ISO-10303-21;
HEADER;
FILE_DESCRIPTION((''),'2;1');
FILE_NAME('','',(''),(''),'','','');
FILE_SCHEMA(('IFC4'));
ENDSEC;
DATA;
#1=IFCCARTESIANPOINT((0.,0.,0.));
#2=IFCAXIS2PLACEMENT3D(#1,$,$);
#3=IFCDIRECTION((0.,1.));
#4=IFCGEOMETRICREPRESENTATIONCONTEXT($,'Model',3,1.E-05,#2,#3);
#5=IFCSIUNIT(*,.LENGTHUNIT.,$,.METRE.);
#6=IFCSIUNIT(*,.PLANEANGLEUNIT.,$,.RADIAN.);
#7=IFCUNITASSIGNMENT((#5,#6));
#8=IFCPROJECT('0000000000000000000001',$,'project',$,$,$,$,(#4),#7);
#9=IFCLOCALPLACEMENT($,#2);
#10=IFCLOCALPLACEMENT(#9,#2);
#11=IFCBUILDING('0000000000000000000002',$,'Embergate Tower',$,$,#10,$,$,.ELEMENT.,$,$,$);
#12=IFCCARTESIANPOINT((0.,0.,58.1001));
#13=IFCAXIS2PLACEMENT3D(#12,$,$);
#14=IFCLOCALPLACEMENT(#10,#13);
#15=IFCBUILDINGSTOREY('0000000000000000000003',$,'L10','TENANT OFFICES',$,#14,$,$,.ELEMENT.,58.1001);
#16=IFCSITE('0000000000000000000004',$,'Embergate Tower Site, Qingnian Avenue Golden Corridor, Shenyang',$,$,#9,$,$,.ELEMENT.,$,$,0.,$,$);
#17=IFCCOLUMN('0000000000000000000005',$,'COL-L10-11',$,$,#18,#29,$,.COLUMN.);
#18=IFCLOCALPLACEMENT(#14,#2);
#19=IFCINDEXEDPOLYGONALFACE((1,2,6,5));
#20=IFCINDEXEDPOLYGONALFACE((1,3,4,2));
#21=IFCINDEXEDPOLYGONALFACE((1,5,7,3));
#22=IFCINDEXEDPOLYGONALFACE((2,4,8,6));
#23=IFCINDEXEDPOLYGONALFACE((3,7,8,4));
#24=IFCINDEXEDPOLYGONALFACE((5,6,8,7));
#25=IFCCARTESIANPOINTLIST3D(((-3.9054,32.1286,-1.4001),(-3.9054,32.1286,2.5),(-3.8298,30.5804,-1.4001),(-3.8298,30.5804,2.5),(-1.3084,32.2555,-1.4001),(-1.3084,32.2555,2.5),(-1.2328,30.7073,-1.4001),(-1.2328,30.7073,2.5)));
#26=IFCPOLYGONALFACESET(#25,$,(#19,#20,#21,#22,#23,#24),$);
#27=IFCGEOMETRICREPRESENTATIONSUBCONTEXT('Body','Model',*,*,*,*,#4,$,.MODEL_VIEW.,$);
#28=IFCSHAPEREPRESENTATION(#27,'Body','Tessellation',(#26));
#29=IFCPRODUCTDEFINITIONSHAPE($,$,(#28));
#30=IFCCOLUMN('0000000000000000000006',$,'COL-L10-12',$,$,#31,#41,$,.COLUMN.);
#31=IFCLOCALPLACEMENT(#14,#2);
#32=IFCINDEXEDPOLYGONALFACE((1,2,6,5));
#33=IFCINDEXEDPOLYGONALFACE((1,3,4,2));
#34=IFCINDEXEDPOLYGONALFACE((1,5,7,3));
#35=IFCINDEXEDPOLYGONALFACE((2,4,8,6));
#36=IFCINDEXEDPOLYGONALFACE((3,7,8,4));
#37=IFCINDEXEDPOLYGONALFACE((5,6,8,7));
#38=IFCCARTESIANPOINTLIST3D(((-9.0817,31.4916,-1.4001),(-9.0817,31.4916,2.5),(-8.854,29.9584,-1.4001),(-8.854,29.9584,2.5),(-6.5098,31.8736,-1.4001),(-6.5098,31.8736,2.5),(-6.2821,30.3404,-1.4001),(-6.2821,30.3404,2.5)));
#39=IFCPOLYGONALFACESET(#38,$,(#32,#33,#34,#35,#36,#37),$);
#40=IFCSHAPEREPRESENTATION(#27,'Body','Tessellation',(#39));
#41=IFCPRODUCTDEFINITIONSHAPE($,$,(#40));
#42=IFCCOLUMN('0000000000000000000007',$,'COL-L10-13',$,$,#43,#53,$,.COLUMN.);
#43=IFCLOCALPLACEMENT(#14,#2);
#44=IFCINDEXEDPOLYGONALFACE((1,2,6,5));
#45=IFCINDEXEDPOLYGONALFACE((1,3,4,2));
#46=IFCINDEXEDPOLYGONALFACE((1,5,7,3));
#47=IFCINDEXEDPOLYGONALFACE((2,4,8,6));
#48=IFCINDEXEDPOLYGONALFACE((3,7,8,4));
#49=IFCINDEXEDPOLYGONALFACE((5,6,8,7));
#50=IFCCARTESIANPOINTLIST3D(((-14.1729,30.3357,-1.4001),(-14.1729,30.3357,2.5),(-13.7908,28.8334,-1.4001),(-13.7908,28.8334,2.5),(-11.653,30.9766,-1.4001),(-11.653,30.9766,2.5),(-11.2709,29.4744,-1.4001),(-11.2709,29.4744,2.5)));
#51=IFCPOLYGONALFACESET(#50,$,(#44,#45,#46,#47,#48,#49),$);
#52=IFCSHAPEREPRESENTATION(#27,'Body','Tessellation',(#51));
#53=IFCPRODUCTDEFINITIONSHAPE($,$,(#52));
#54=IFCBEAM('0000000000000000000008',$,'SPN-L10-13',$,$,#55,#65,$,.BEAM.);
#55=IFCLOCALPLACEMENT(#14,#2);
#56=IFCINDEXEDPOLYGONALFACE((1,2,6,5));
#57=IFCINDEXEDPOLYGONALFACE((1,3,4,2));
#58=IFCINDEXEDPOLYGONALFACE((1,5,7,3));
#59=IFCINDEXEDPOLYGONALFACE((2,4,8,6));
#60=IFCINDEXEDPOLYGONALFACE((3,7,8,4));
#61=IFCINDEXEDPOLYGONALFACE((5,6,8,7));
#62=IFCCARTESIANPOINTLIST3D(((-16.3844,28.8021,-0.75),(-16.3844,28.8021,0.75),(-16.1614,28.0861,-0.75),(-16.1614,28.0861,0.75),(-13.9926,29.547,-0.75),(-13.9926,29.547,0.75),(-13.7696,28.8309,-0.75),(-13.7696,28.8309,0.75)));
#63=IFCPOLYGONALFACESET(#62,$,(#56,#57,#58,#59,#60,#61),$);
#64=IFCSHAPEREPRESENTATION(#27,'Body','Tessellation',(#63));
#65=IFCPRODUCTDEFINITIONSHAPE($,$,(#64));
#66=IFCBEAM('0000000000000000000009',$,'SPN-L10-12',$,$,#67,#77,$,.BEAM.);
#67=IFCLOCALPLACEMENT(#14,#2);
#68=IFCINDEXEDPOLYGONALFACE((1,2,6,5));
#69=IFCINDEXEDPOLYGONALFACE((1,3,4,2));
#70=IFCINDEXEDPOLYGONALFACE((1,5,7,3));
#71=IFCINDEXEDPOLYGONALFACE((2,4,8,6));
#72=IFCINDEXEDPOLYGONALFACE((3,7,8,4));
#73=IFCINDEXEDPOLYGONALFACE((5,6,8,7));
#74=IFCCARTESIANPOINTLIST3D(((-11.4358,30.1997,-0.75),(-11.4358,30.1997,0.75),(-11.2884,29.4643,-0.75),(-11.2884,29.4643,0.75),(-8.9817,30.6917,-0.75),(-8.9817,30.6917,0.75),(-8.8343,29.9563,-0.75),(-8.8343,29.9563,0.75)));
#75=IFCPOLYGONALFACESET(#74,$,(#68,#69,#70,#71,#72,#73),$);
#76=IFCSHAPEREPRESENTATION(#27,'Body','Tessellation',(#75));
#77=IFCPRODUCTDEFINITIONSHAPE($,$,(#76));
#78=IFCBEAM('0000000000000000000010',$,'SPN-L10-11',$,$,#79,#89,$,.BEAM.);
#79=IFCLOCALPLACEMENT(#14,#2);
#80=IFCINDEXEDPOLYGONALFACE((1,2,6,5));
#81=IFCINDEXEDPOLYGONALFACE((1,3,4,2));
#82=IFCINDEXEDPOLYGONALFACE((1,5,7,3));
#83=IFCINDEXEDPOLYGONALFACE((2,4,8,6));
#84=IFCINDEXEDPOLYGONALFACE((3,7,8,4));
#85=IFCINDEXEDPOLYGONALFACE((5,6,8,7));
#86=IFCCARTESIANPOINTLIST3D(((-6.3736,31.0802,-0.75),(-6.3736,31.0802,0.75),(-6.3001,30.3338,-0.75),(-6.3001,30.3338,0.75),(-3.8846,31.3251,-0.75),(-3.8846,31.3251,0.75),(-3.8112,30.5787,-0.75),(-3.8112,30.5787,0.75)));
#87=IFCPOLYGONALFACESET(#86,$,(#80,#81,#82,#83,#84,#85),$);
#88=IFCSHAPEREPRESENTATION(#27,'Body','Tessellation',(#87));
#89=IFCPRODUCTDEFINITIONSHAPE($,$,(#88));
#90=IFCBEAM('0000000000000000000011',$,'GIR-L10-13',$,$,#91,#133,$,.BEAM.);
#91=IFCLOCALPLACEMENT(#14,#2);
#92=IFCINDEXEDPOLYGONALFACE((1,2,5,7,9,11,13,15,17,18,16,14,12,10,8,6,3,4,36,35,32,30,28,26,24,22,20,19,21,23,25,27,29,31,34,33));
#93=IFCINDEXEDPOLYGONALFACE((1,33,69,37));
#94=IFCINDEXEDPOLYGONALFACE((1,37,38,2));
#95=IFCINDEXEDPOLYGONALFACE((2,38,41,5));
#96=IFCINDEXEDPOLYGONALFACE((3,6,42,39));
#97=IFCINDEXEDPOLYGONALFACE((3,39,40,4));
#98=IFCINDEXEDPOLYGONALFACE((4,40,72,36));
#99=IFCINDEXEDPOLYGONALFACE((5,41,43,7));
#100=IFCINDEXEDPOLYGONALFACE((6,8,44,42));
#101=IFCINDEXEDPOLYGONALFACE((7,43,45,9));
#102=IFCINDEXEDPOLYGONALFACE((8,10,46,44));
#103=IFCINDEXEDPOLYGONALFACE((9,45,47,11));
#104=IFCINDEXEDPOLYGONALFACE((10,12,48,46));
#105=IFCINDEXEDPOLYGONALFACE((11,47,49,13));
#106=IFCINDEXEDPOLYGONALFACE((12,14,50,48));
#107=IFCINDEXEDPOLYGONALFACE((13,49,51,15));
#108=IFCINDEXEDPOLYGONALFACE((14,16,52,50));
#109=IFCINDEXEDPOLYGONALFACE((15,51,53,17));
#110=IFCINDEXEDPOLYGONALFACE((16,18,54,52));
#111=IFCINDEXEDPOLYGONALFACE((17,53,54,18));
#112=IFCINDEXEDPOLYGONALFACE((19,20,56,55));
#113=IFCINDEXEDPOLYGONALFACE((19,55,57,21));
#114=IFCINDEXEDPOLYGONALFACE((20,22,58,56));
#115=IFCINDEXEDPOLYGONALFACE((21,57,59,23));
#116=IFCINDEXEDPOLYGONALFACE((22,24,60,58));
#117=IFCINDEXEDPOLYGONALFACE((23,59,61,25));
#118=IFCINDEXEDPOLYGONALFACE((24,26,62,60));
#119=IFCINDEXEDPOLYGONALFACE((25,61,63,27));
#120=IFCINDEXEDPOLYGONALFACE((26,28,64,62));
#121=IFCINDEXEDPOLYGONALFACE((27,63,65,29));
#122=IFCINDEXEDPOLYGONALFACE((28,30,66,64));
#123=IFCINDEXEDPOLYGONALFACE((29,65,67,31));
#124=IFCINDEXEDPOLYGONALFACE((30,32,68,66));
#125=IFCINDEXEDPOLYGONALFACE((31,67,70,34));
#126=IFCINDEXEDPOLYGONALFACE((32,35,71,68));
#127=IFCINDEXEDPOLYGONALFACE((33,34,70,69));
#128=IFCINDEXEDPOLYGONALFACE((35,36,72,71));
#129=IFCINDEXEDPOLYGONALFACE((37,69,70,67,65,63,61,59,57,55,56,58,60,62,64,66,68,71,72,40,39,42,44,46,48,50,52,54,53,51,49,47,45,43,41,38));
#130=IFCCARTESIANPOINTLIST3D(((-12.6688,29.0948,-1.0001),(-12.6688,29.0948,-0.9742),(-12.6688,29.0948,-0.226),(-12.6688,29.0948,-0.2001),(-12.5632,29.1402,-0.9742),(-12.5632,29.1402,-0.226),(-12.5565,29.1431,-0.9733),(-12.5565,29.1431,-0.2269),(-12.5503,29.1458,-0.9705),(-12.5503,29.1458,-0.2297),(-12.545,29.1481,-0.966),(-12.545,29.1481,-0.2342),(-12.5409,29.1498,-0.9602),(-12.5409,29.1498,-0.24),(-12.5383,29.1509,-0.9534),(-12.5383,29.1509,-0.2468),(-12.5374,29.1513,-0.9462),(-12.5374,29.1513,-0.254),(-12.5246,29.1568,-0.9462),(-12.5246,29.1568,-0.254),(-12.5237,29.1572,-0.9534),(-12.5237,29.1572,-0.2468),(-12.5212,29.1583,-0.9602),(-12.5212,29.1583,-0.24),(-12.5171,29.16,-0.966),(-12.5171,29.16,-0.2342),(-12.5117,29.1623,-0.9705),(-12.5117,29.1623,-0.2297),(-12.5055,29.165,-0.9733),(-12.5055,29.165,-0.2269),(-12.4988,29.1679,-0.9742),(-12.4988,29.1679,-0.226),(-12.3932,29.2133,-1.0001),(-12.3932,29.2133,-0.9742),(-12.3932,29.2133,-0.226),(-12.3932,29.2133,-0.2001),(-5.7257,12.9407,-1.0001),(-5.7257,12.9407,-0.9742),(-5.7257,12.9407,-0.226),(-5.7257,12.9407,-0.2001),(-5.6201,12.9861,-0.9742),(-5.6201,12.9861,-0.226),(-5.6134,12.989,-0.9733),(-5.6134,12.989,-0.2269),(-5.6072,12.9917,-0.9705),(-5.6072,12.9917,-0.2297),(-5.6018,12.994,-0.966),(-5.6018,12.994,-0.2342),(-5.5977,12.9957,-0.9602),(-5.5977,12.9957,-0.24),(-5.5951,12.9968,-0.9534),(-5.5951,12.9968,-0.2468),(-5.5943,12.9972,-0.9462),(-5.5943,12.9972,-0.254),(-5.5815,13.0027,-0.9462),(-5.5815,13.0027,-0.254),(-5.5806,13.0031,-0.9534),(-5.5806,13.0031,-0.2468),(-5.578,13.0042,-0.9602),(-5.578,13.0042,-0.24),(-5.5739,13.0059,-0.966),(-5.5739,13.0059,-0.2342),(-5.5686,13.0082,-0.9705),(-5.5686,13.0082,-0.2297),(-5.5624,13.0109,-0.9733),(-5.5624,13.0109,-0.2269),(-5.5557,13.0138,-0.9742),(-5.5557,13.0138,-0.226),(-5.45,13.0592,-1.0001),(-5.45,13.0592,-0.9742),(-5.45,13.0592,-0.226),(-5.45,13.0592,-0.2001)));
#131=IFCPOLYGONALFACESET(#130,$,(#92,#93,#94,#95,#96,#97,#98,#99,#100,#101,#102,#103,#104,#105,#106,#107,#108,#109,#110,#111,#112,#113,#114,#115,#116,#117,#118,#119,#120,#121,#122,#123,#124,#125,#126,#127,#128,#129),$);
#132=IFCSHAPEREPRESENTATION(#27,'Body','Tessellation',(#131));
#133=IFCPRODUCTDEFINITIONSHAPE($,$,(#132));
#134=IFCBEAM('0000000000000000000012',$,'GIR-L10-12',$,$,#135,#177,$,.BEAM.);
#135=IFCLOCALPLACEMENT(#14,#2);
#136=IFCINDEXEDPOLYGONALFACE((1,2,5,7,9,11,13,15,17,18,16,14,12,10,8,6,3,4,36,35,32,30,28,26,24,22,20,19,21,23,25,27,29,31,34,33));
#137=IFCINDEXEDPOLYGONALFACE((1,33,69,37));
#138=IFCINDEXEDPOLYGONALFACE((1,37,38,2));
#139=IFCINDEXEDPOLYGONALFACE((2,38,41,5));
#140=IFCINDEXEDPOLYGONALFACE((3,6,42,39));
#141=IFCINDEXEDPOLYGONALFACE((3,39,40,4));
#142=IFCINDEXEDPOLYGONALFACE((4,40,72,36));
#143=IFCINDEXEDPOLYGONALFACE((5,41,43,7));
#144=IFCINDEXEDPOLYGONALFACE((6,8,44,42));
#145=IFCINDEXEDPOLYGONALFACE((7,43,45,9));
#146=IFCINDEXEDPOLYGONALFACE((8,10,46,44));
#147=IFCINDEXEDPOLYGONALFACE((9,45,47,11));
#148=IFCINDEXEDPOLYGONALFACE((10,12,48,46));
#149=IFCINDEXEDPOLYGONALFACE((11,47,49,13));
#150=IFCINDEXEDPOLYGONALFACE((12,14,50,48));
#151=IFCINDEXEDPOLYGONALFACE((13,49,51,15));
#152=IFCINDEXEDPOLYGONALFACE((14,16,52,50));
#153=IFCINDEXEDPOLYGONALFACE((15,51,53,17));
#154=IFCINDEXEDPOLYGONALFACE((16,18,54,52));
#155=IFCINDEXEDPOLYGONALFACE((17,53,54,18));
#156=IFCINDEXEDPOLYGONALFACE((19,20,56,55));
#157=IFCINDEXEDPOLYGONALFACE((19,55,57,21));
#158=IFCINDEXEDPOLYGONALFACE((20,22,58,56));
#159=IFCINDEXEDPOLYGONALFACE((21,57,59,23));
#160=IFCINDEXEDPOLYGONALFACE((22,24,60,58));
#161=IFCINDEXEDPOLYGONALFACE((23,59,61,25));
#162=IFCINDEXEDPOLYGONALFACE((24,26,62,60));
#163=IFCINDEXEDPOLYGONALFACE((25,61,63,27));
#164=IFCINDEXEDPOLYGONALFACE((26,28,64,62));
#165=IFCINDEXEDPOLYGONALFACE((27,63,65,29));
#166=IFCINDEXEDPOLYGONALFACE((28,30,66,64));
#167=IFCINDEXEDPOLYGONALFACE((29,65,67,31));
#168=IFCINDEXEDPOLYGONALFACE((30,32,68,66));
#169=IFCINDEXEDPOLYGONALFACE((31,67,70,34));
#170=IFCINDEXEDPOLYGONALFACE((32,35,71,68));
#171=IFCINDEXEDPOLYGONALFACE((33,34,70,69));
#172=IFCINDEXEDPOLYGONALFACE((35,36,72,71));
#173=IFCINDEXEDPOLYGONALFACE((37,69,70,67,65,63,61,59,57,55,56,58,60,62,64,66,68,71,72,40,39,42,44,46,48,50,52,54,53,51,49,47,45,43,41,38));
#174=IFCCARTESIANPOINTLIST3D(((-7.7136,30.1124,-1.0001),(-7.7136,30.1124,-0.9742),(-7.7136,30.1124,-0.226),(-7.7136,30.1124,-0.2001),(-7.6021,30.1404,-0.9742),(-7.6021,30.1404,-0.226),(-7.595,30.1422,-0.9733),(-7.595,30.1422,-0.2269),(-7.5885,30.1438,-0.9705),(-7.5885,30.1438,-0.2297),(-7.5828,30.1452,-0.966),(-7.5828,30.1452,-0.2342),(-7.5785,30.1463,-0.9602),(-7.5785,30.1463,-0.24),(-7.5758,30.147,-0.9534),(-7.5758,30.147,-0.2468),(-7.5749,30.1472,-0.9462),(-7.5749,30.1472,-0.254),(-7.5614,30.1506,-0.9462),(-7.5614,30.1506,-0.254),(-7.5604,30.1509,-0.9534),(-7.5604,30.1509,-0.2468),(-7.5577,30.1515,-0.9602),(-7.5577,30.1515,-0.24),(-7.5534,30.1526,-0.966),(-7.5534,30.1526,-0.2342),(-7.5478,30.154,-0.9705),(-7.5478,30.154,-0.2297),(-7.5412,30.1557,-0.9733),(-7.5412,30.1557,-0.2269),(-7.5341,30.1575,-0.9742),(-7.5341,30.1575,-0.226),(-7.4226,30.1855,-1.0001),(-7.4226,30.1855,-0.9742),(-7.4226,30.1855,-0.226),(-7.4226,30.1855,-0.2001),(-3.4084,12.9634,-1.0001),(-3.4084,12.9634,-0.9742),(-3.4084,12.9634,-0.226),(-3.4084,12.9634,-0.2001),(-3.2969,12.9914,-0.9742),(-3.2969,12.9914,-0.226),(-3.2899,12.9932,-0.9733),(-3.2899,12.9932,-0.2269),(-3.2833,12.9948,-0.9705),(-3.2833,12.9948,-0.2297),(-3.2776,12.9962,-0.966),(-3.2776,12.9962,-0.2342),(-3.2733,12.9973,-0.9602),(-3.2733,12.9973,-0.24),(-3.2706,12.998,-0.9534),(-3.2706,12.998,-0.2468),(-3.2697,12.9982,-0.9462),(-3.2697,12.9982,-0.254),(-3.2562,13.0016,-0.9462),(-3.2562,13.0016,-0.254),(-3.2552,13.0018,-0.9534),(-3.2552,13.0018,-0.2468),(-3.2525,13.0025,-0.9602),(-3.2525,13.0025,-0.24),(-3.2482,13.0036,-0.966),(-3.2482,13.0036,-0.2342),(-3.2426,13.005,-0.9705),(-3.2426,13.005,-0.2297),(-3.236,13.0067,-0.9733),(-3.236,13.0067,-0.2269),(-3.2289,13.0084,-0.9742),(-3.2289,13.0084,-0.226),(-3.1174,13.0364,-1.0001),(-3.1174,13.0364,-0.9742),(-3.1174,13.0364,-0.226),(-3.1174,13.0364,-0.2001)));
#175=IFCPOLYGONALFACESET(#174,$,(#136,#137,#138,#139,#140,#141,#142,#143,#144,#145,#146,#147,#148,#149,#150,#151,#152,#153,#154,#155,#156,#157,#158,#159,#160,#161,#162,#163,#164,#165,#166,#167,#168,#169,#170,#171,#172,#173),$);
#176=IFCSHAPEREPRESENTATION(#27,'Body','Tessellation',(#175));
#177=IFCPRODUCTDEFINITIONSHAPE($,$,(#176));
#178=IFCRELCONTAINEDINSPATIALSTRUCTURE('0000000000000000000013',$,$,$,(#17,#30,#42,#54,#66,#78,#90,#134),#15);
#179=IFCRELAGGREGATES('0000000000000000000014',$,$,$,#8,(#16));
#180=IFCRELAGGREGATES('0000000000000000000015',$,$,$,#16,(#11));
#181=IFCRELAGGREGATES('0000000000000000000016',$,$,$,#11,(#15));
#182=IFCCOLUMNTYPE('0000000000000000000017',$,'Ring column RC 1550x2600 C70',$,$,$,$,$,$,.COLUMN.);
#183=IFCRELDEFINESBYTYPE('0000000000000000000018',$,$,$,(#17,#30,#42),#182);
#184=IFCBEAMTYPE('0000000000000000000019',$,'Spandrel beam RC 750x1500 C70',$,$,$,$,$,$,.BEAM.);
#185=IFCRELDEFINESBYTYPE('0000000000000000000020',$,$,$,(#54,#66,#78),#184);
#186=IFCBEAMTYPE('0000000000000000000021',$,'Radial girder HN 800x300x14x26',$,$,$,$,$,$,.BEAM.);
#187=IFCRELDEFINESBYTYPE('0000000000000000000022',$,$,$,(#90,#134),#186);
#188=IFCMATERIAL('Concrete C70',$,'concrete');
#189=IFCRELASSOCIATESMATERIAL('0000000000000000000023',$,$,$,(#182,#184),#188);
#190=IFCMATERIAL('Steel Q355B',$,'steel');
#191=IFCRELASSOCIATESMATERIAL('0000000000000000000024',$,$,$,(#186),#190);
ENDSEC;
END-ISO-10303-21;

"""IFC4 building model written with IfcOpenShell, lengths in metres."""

from ifc_helpers import new_model, si_unit, direction, frame, origin, origin_2d, place, context, subcontext, project, spatial, rectangle, i_section, extrude, source, transform, mapped, material, material_profile, profile_set, type_object, element, save


model = new_model("IFC4")

# Units and contexts
model_context = context("Model", 3, precision=1e-05, world=origin(), true_north=direction((0.0, 1.0)))
body_context = subcontext(model_context, "Body", "Model", "MODEL_VIEW")
ifc_project = project(units=[si_unit("LENGTHUNIT", "METRE"), si_unit("PLANEANGLEUNIT", "RADIAN")], contexts=[model_context])

# Site, building, storey
site_placement = place(None, origin())
site = spatial("IfcSite", under=ifc_project, at=site_placement, Name="Embergate Tower Site, Qingnian Avenue Golden Corridor, Shenyang", CompositionType="ELEMENT", RefElevation=0.0)
building_placement = place(site_placement, origin())
building = spatial("IfcBuilding", under=site, at=building_placement, Name="Embergate Tower", CompositionType="ELEMENT")
storey_placement = place(building_placement, frame((0.0, 0.0, 58.1001)))
storey = spatial("IfcBuildingStorey", under=building, at=storey_placement, Name="L10", Description="TENANT OFFICES", CompositionType="ELEMENT", Elevation=58.1001)

# Columns
ifc_material_1 = material(Name="Concrete C70", Category="concrete")
ifc_material_profile_1 = material_profile(ifc_material_1, rectangle(XDim=1.55, YDim=2.6001, at=origin_2d()), Name="RC 1550x2600")
ifc_profile_set_1 = profile_set([ifc_material_profile_1], Name="Concrete C70")
column_type = type_object("IfcColumnType", Name="Ring column RC 1550x2600 C70", PredefinedType="COLUMN", material=ifc_profile_set_1)
shared_shape_1 = source(origin(), body_context, "Body", "SweptSolid", [
    extrude(rectangle(XDim=1.55, YDim=2.6001, at=origin_2d()), origin(), (0.0, 0.0, 1.0), 3.9001),
])
for number, where, z_axis, x_axis, name in (
    (1, (-2.5691, 31.418, -1.4001), (0.0, 0.0, 1.0), (-0.048815, 0.998808, 0.0), "COL-L10-11"),
    (2, (-7.6819, 30.916, -1.4001), (0.0, 0.0, 1.0), (-0.146929, 0.989147, 0.0), "COL-L10-12"),
    (3, (-12.7219, 29.905, -1.4001), (0.0, 0.0, 1.0), (-0.246509, 0.969141, 0.0), "COL-L10-13"),
):
    element("IfcColumn", number, at=place(storey_placement, frame(where, z_axis=z_axis, x_axis=x_axis)), inside=storey, type_object=column_type, Name=name, PredefinedType="COLUMN", context=body_context, shape_type="MappedRepresentation", body=[
        mapped(shared_shape_1, transform((0.0, 0.0, 0.0))),
    ])

# Beams
ifc_material_profile_2 = material_profile(ifc_material_1, rectangle(XDim=0.75, YDim=1.5, at=origin_2d()), Name="RC 750x1500")
ifc_profile_set_2 = profile_set([ifc_material_profile_2], Name="Concrete C70")
beam_type_1 = type_object("IfcBeamType", Name="Spandrel beam RC 750x1500 C70", PredefinedType="BEAM", material=ifc_profile_set_2)
shared_shape_2 = source(origin(), body_context, "Body", "SweptSolid", [
    extrude(rectangle(XDim=0.75, YDim=1.5, at=origin_2d()), origin(), (0.0, 0.0, 1.0), 2.5051),
])
beam_1_placement = place(storey_placement, frame((-13.8811, 29.189, 0.0), z_axis=(-0.954773, -0.297337, 0.0), x_axis=(0.297337, -0.954773, 0.0)))
element("IfcBeam", 4, at=beam_1_placement, inside=storey, type_object=beam_type_1, Name="SPN-L10-13", PredefinedType="BEAM", context=body_context, shape_type="MappedRepresentation", body=[
    mapped(shared_shape_2, transform((0.0, 0.0, 0.0))),
])
shared_shape_3 = source(origin(), body_context, "Body", "SweptSolid", [
    extrude(rectangle(XDim=0.75, YDim=1.5, at=origin_2d()), origin(), (0.0, 0.0, 1.0), 2.5029),
])
beam_2_placement = place(storey_placement, frame((-8.908, 30.324, 0.0), z_axis=(-0.980494, -0.196548, 0.0), x_axis=(0.196548, -0.980494, 0.0)))
element("IfcBeam", 5, at=beam_2_placement, inside=storey, type_object=beam_type_1, Name="SPN-L10-12", PredefinedType="BEAM", context=body_context, shape_type="MappedRepresentation", body=[
    mapped(shared_shape_3, transform((0.0, 0.0, 0.0))),
])
shared_shape_4 = source(origin(), body_context, "Body", "SweptSolid", [
    extrude(rectangle(XDim=0.75, YDim=1.5, at=origin_2d()), origin(), (0.0, 0.0, 1.0), 2.501),
])
beam_3_placement = place(storey_placement, frame((-3.8479, 30.9519, 0.0), z_axis=(-0.995195, -0.097909, 0.0), x_axis=(0.097909, -0.995195, 0.0)))
element("IfcBeam", 6, at=beam_3_placement, inside=storey, type_object=beam_type_1, Name="SPN-L10-11", PredefinedType="BEAM", context=body_context, shape_type="MappedRepresentation", body=[
    mapped(shared_shape_4, transform((0.0, 0.0, 0.0))),
])
ifc_material_2 = material(Name="Steel Q355B", Category="steel")
ifc_material_profile_3 = material_profile(ifc_material_2, i_section(OverallWidth=0.3, OverallDepth=0.8, WebThickness=0.0139, FlangeThickness=0.0259, FilletRadius=0.0281, at=origin_2d()), Name="HN 800x300x14x26")
ifc_profile_set_3 = profile_set([ifc_material_profile_3], Name="Steel Q355 grade B")
beam_type_2 = type_object("IfcBeamType", Name="Radial girder HN 800x300x14x26", PredefinedType="BEAM", material=ifc_profile_set_3)
shared_shape_5 = source(origin(), body_context, "Body", "SweptSolid", [
    extrude(i_section(OverallWidth=0.3, OverallDepth=0.8, WebThickness=0.0139, FlangeThickness=0.0259, FilletRadius=0.0281, at=origin_2d()), origin(), (0.0, 0.0, 1.0), 17.583),
])
beam_4_placement = place(storey_placement, frame((-12.531, 29.1541, -0.6001), z_axis=(0.394878, -0.918734, 0.0), x_axis=(0.918734, 0.394878, 0.0)))
element("IfcBeam", 7, at=beam_4_placement, inside=storey, type_object=beam_type_2, Name="GIR-L10-13", PredefinedType="BEAM", context=body_context, shape_type="MappedRepresentation", body=[
    mapped(shared_shape_5, transform((0.0, 0.0, 0.0))),
])
shared_shape_6 = source(origin(), body_context, "Body", "SweptSolid", [
    extrude(i_section(OverallWidth=0.3, OverallDepth=0.8, WebThickness=0.0139, FlangeThickness=0.0259, FilletRadius=0.0281, at=origin_2d()), origin(), (0.0, 0.0, 1.0), 17.6812),
])
beam_5_placement = place(storey_placement, frame((-7.5681, 30.1489, -0.6001), z_axis=(0.243491, -0.969903, 0.0), x_axis=(0.969903, 0.243491, 0.0)))
element("IfcBeam", 8, at=beam_5_placement, inside=storey, type_object=beam_type_2, Name="GIR-L10-12", PredefinedType="BEAM", context=body_context, shape_type="MappedRepresentation", body=[
    mapped(shared_shape_6, transform((0.0, 0.0, 0.0))),
])

save(model, "model.ifc")
